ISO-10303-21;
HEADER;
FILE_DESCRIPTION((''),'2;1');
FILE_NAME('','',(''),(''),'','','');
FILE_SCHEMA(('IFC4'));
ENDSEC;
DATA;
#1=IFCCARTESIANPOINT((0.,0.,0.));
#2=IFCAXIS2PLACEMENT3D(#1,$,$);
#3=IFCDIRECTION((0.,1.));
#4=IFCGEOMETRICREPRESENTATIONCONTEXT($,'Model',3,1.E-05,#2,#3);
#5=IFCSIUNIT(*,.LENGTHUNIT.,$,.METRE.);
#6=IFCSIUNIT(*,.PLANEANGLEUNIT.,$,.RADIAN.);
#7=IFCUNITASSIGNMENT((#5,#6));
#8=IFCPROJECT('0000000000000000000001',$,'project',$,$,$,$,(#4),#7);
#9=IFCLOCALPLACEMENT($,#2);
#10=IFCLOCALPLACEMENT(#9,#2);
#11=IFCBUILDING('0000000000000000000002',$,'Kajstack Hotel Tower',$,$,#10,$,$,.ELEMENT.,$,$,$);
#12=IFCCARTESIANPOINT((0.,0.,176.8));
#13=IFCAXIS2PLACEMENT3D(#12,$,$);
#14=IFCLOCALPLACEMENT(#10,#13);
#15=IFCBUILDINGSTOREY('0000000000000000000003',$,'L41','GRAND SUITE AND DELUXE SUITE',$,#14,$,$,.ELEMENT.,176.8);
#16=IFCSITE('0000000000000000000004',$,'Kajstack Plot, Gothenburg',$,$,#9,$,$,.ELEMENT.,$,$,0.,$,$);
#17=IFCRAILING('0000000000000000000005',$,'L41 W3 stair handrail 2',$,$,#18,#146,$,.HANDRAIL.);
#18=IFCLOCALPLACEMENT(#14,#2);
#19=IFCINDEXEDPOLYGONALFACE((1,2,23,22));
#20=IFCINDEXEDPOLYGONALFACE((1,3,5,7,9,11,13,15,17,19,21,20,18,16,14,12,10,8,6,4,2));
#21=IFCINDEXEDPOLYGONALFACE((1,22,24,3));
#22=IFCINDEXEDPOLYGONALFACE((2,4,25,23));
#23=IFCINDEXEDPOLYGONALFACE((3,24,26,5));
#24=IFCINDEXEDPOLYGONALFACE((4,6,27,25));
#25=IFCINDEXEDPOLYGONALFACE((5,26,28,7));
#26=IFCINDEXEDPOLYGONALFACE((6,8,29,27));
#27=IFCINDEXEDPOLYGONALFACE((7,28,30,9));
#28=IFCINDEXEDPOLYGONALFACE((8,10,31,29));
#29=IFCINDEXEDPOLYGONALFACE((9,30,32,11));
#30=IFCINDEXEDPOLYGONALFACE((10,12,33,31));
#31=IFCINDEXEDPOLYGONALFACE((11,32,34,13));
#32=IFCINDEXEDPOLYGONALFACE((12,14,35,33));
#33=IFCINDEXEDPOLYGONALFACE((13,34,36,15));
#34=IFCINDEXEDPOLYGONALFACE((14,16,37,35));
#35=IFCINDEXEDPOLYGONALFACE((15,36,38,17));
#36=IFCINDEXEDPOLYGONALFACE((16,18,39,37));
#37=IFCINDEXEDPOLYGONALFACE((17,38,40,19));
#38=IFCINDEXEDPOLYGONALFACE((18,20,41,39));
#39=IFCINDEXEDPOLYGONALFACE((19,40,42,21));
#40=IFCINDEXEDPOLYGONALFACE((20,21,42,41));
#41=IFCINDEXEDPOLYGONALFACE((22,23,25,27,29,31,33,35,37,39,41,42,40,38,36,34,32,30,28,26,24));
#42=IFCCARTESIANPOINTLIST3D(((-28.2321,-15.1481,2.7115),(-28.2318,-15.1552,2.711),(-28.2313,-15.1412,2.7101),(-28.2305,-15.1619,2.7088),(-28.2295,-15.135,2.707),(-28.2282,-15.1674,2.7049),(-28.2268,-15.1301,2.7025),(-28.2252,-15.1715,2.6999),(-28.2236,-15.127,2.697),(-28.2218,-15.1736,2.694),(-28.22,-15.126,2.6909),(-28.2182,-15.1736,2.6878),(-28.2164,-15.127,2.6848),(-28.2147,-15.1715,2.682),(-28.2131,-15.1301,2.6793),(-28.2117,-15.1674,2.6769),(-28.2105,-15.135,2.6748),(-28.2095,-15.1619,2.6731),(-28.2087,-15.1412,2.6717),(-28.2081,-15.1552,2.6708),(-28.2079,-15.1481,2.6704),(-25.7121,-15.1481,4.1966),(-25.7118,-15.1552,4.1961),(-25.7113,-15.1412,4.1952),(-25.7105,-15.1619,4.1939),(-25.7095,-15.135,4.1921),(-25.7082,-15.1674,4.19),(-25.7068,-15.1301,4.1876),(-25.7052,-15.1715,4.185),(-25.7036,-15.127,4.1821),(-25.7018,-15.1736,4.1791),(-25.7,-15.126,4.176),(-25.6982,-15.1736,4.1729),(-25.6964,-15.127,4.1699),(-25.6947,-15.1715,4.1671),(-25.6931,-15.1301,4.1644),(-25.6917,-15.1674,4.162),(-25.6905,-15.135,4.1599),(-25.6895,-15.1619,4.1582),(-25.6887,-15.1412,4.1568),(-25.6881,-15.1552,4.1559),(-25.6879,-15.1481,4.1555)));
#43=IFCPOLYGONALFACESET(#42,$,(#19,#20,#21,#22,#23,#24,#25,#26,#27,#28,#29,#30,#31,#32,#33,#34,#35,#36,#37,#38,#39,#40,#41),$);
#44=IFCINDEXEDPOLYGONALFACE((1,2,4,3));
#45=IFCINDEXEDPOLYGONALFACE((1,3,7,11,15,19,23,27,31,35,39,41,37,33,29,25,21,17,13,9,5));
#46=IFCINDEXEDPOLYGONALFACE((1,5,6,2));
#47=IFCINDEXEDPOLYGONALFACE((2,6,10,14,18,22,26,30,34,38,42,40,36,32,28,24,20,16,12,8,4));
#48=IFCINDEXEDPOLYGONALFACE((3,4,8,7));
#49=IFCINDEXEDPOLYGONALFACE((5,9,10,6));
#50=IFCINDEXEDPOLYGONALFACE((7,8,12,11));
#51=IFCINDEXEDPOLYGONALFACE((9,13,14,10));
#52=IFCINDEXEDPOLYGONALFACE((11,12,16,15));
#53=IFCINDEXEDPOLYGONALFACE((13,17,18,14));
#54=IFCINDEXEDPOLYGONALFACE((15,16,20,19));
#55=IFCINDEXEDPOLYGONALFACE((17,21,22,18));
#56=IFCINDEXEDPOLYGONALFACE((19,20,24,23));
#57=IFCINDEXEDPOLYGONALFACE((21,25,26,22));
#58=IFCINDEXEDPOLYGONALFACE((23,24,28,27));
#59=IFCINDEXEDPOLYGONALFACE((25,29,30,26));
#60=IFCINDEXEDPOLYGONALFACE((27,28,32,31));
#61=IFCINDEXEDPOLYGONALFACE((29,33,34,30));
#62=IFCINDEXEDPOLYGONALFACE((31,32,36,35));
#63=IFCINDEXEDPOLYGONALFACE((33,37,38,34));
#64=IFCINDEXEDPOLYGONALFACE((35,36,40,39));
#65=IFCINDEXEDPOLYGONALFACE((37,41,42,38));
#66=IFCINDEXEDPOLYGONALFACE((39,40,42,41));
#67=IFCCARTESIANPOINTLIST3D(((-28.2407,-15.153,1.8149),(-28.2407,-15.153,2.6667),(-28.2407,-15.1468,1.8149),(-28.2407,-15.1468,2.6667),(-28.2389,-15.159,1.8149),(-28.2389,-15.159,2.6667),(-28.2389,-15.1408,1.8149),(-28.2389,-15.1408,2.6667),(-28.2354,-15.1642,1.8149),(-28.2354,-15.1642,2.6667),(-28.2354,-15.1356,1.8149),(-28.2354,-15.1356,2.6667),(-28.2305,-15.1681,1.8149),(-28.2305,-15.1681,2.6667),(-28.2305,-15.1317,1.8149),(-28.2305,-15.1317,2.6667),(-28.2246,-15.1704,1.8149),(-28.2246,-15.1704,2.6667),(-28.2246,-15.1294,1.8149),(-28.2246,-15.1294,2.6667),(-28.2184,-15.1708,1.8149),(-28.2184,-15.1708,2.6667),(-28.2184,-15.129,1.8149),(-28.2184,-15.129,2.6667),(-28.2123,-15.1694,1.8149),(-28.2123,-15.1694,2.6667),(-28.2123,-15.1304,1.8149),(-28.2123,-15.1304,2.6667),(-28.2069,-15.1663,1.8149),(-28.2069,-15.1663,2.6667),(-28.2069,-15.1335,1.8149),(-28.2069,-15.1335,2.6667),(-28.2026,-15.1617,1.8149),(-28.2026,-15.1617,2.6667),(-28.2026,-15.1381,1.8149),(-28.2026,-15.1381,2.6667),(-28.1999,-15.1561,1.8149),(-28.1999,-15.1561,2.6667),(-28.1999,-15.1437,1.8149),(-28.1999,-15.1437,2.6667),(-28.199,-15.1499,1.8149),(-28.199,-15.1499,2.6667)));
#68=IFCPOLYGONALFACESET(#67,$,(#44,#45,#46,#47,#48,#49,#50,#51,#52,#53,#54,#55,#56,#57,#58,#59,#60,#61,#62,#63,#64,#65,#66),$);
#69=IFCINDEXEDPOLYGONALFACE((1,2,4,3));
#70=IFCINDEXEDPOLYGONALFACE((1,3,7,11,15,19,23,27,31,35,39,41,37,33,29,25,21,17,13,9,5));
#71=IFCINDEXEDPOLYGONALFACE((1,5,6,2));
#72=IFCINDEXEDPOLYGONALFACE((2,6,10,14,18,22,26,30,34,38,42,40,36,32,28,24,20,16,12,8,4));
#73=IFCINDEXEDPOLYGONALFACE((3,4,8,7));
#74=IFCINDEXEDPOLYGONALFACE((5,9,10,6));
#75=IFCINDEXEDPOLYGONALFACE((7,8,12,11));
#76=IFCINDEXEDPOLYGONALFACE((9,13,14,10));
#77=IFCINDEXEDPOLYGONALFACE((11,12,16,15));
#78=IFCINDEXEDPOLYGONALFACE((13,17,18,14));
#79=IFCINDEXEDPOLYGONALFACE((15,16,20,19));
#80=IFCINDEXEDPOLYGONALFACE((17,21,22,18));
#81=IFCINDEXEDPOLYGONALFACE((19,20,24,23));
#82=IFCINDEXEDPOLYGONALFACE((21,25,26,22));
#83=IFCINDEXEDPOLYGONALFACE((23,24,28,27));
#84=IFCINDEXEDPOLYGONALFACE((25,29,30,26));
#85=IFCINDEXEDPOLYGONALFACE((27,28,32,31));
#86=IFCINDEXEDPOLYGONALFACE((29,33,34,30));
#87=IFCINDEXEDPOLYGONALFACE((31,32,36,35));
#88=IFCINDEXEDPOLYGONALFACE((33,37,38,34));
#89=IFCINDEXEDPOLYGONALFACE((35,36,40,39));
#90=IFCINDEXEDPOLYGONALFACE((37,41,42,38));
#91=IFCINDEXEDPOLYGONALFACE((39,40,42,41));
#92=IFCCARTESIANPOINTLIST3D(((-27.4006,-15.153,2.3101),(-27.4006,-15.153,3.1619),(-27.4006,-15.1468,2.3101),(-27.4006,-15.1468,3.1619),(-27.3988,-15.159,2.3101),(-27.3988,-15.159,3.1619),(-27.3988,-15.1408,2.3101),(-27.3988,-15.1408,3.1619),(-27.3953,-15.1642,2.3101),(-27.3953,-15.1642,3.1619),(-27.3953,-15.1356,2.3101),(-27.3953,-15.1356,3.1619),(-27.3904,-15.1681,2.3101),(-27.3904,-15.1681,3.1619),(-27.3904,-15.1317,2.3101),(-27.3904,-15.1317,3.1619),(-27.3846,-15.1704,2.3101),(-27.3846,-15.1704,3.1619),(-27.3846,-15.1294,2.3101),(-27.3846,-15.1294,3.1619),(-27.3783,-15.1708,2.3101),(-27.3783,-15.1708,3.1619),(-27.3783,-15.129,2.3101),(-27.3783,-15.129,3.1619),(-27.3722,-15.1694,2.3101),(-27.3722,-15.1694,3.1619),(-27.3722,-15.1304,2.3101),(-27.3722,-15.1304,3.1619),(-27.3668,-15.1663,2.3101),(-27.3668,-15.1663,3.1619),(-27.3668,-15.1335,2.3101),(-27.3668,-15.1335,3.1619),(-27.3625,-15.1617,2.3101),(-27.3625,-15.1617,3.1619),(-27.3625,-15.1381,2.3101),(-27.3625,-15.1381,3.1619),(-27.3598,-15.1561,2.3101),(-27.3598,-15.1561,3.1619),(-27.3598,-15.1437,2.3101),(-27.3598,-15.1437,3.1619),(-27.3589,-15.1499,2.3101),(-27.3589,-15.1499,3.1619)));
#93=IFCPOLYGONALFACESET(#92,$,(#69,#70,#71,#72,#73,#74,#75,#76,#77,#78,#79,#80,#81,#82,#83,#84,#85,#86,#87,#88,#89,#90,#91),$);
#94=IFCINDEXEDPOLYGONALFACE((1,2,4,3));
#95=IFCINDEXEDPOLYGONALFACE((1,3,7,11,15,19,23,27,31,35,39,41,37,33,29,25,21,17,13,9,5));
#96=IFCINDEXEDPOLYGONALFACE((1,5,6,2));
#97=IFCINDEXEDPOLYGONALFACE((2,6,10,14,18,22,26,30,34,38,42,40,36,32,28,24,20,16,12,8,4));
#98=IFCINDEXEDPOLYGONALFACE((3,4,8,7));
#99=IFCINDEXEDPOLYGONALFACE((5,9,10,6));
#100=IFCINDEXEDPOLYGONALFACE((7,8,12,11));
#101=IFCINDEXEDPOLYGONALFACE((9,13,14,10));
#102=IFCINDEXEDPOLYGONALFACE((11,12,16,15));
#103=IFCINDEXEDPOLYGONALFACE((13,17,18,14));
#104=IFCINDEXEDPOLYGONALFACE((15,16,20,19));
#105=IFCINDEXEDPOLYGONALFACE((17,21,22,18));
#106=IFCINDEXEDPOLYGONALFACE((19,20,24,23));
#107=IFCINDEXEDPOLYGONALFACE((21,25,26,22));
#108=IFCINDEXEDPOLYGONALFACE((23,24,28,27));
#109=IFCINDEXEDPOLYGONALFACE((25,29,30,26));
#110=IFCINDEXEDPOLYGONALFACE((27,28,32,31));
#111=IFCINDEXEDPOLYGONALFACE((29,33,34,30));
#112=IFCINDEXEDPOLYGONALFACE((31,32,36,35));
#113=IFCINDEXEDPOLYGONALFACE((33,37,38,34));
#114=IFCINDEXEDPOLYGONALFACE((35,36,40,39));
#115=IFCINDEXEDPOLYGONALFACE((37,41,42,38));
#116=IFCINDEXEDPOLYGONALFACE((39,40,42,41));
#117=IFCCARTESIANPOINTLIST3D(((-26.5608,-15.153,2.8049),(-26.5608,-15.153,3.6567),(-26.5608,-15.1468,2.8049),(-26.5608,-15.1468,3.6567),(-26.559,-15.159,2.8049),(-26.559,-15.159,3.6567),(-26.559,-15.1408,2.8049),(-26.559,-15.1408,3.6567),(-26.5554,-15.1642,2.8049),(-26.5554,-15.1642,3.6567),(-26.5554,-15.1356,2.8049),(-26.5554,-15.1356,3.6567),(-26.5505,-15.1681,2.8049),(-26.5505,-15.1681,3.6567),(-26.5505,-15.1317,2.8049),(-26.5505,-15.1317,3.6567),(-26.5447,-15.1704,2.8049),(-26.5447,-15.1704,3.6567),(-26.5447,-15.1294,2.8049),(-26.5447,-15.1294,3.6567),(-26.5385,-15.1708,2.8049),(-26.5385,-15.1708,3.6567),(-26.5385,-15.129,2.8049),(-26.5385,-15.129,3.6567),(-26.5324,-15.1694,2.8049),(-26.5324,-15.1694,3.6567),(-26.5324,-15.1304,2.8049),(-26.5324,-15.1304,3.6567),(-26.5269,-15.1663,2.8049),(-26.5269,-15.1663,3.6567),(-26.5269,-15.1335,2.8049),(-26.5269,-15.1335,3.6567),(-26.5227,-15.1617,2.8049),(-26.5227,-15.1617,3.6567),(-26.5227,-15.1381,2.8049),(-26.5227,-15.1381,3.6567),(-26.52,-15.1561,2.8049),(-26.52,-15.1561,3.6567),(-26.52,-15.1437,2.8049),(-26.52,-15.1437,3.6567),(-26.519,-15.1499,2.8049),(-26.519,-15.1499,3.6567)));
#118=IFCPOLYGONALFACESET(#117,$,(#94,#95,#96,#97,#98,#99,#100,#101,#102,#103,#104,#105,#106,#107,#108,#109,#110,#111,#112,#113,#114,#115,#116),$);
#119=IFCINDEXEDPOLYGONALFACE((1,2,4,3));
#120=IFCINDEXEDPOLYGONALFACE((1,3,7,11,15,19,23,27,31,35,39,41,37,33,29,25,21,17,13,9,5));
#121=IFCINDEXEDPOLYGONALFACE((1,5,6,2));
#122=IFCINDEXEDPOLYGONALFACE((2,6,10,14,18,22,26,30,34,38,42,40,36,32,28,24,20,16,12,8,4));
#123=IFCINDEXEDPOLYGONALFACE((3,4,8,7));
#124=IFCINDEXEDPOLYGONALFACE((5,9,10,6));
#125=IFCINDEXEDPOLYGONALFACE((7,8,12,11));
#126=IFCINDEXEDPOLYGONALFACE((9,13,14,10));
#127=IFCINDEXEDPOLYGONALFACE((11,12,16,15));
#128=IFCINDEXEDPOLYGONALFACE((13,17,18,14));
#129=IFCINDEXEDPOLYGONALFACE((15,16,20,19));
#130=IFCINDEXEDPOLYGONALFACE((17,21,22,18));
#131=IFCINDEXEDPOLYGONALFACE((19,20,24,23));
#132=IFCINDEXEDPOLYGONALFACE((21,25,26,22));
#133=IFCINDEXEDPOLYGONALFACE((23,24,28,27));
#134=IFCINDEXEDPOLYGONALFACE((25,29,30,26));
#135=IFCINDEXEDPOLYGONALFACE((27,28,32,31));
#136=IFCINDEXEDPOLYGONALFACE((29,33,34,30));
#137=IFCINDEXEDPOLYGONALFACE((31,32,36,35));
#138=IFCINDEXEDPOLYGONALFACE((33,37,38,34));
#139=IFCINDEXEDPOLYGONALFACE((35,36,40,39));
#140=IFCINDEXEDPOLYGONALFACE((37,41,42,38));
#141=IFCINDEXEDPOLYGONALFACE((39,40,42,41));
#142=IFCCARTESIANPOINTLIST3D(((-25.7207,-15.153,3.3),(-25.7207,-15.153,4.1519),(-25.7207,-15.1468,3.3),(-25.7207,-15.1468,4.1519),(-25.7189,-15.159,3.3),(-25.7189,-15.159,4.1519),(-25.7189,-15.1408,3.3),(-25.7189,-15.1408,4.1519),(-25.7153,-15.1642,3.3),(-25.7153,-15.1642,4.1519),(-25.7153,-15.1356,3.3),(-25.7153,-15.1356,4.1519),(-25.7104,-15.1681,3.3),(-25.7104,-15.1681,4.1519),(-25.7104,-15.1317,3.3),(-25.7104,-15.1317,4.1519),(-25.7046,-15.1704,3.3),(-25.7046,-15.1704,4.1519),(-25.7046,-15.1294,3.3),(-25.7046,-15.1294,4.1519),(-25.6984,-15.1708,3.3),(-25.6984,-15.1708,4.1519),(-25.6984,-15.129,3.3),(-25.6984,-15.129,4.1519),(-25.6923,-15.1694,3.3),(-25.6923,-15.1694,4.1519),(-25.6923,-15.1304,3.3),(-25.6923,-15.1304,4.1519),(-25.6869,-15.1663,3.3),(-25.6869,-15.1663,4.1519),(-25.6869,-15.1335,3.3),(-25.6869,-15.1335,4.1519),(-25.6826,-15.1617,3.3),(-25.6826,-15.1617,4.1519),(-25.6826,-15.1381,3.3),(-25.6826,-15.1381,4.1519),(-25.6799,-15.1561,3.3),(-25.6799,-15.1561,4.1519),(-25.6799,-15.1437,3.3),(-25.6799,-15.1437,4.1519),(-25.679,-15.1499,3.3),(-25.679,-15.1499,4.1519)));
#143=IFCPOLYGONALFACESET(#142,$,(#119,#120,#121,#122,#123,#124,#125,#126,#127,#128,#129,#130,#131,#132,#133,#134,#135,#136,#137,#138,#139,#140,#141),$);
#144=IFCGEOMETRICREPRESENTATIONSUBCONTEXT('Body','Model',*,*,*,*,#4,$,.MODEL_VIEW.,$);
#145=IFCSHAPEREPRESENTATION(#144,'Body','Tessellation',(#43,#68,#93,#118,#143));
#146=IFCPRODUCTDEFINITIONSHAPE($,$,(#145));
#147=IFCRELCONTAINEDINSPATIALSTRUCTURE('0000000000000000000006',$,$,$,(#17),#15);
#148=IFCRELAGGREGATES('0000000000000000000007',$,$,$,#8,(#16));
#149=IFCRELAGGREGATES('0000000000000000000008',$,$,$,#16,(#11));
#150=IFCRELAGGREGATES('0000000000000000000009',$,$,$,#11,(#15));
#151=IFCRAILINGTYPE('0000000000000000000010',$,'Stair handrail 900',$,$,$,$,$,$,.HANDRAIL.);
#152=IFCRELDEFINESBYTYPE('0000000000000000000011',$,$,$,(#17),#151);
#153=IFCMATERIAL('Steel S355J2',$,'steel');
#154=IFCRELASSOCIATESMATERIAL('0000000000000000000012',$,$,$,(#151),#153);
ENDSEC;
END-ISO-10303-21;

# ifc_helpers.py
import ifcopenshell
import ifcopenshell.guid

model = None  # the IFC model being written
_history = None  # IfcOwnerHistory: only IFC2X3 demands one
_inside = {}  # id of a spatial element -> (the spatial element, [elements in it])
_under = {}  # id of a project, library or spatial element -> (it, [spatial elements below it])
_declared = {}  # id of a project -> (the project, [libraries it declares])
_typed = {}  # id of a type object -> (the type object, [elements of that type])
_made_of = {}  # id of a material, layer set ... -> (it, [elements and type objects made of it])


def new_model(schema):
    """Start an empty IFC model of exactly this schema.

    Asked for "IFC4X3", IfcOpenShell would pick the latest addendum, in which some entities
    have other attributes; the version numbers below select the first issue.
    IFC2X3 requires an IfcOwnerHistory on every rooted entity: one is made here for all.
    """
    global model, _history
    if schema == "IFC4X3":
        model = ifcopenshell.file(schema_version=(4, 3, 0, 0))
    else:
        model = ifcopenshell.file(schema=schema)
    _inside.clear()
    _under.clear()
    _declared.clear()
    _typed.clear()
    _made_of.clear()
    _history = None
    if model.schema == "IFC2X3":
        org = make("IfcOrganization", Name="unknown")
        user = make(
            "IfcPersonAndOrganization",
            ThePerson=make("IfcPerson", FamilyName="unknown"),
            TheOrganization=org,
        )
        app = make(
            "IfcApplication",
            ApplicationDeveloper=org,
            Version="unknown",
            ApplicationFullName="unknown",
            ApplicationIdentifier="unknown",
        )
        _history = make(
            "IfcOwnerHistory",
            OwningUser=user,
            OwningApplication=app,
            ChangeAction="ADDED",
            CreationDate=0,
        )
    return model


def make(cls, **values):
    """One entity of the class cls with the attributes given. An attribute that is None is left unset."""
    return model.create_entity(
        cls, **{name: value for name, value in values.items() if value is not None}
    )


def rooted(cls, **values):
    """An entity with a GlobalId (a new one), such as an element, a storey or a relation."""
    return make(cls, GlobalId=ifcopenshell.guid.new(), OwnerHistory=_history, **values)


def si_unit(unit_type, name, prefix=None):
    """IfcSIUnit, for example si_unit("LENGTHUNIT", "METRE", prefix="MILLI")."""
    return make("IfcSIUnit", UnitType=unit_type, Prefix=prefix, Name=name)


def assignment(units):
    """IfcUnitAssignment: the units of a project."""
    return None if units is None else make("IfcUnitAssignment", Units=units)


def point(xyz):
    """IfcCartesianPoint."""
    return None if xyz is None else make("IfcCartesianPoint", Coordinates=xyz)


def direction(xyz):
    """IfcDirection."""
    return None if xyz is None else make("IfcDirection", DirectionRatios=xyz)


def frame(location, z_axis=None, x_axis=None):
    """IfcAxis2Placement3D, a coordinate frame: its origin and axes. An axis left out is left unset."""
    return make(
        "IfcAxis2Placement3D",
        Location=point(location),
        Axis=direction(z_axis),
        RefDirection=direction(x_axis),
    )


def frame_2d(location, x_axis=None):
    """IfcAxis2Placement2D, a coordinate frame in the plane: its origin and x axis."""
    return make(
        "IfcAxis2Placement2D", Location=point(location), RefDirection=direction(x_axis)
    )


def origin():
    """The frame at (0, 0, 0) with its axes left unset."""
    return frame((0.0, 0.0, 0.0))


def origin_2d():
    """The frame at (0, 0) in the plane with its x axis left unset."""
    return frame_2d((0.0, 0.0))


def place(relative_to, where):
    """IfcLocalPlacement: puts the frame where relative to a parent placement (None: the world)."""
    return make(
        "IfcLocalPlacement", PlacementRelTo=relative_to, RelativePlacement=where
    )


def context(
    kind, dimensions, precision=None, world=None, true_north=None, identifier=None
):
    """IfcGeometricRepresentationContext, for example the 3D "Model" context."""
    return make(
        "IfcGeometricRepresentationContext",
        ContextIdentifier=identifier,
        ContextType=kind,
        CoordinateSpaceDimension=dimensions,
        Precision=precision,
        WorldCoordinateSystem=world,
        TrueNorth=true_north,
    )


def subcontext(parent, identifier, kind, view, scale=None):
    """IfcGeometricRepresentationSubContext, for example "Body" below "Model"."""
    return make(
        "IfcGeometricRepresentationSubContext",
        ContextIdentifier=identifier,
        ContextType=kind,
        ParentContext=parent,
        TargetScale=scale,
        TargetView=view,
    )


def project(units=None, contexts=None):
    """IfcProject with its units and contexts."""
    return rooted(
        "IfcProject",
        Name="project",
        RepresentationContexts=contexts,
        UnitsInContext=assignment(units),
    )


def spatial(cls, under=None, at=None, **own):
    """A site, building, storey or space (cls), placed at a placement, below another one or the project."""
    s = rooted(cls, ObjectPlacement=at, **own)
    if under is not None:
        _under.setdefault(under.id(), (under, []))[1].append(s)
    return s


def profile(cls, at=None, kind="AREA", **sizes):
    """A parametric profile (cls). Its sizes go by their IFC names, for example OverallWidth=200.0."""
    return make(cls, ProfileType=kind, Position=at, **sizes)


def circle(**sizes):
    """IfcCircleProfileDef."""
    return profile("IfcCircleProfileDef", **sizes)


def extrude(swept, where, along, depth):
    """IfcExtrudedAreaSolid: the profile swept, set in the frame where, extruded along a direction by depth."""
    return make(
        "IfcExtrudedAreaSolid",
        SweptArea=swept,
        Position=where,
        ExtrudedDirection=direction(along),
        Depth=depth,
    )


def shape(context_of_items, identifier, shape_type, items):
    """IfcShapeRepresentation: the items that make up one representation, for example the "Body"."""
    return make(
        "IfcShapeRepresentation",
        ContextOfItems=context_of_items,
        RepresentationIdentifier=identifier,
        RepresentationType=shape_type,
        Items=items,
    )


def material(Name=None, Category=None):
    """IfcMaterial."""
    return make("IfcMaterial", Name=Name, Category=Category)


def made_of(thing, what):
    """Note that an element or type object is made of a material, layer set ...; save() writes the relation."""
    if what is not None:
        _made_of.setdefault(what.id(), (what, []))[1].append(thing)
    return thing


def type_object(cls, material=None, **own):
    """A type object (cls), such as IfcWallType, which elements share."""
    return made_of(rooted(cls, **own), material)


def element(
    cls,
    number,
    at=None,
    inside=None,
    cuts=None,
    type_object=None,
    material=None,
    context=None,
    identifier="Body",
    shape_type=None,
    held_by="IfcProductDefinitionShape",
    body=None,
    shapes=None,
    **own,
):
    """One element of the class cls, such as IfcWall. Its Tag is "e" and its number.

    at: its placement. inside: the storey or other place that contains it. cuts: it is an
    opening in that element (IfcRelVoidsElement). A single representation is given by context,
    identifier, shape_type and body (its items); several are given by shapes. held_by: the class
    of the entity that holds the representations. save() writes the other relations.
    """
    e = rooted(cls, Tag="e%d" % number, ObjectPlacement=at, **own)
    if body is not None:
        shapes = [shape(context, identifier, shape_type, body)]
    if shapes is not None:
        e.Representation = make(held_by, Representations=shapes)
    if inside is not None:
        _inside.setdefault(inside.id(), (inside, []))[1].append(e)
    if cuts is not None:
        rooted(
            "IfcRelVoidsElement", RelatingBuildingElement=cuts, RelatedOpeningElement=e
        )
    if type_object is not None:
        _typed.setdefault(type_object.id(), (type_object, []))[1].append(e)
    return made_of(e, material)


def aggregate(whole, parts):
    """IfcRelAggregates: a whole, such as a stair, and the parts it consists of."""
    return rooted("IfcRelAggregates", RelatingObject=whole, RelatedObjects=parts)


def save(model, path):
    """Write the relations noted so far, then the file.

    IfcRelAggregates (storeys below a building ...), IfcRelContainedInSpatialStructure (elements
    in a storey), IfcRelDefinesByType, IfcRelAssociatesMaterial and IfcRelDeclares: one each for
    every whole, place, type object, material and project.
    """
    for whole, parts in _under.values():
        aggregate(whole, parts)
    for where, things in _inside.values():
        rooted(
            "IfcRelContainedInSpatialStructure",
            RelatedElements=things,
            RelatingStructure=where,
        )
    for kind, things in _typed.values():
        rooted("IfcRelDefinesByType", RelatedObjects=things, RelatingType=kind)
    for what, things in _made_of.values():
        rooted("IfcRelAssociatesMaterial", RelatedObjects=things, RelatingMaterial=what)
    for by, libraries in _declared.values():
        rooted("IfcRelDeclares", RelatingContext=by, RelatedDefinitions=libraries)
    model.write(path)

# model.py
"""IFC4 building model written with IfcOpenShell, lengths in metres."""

from ifc_helpers import new_model, si_unit, direction, frame, origin, origin_2d, place, context, subcontext, project, spatial, circle, extrude, material, type_object, element, save


model = new_model("IFC4")

# Units and contexts
model_context = context("Model", 3, precision=1e-05, world=origin(), true_north=direction((0.0, 1.0)))
body_context = subcontext(model_context, "Body", "Model", "MODEL_VIEW")
ifc_project = project(units=[si_unit("LENGTHUNIT", "METRE"), si_unit("PLANEANGLEUNIT", "RADIAN")], contexts=[model_context])

# Site, building, storey
site_placement = place(None, origin())
site = spatial("IfcSite", under=ifc_project, at=site_placement, Name="Kajstack Plot, Gothenburg", CompositionType="ELEMENT", RefElevation=0.0)
building_placement = place(site_placement, origin())
building = spatial("IfcBuilding", under=site, at=building_placement, Name="Kajstack Hotel Tower", CompositionType="ELEMENT")
storey_placement = place(building_placement, frame((0.0, 0.0, 176.8)))
storey = spatial("IfcBuildingStorey", under=building, at=storey_placement, Name="L41", Description="GRAND SUITE AND DELUXE SUITE", CompositionType="ELEMENT", Elevation=176.8)

# Railing
ifc_material_1 = material(Name="Steel S355J2", Category="steel")
railing_type_1 = type_object("IfcRailingType", Name="Stair handrail 900", PredefinedType="HANDRAIL", material=ifc_material_1)
railing_1_placement = place(storey_placement, frame((-28.22, -15.1499, 1.8149)))
element("IfcRailing", 1, at=railing_1_placement, inside=storey, type_object=railing_type_1, Name="L41 W3 stair handrail 2", PredefinedType="HANDRAIL", context=body_context, shape_type="SweptSolid", body=[
    extrude(circle(Radius=0.0239, at=origin_2d()), frame((0.0, 0.0, 0.876), z_axis=(0.861524, 0.0, 0.507717), x_axis=(0.0, 1.0, 0.0)), (0.0, 0.0, 1.0), 2.925),
    extrude(circle(Radius=0.021, at=origin_2d()), origin(), (0.0, 0.0, 1.0), 0.8518),
    extrude(circle(Radius=0.021, at=origin_2d()), frame((0.8401, 0.0, 0.4951)), (0.0, 0.0, 1.0), 0.8518),
    extrude(circle(Radius=0.021, at=origin_2d()), frame((1.6799, 0.0, 0.99)), (0.0, 0.0, 1.0), 0.8518),
    extrude(circle(Radius=0.021, at=origin_2d()), frame((2.52, 0.0, 1.4851)), (0.0, 0.0, 1.0), 0.8518),
])

save(model, "model.ifc")
